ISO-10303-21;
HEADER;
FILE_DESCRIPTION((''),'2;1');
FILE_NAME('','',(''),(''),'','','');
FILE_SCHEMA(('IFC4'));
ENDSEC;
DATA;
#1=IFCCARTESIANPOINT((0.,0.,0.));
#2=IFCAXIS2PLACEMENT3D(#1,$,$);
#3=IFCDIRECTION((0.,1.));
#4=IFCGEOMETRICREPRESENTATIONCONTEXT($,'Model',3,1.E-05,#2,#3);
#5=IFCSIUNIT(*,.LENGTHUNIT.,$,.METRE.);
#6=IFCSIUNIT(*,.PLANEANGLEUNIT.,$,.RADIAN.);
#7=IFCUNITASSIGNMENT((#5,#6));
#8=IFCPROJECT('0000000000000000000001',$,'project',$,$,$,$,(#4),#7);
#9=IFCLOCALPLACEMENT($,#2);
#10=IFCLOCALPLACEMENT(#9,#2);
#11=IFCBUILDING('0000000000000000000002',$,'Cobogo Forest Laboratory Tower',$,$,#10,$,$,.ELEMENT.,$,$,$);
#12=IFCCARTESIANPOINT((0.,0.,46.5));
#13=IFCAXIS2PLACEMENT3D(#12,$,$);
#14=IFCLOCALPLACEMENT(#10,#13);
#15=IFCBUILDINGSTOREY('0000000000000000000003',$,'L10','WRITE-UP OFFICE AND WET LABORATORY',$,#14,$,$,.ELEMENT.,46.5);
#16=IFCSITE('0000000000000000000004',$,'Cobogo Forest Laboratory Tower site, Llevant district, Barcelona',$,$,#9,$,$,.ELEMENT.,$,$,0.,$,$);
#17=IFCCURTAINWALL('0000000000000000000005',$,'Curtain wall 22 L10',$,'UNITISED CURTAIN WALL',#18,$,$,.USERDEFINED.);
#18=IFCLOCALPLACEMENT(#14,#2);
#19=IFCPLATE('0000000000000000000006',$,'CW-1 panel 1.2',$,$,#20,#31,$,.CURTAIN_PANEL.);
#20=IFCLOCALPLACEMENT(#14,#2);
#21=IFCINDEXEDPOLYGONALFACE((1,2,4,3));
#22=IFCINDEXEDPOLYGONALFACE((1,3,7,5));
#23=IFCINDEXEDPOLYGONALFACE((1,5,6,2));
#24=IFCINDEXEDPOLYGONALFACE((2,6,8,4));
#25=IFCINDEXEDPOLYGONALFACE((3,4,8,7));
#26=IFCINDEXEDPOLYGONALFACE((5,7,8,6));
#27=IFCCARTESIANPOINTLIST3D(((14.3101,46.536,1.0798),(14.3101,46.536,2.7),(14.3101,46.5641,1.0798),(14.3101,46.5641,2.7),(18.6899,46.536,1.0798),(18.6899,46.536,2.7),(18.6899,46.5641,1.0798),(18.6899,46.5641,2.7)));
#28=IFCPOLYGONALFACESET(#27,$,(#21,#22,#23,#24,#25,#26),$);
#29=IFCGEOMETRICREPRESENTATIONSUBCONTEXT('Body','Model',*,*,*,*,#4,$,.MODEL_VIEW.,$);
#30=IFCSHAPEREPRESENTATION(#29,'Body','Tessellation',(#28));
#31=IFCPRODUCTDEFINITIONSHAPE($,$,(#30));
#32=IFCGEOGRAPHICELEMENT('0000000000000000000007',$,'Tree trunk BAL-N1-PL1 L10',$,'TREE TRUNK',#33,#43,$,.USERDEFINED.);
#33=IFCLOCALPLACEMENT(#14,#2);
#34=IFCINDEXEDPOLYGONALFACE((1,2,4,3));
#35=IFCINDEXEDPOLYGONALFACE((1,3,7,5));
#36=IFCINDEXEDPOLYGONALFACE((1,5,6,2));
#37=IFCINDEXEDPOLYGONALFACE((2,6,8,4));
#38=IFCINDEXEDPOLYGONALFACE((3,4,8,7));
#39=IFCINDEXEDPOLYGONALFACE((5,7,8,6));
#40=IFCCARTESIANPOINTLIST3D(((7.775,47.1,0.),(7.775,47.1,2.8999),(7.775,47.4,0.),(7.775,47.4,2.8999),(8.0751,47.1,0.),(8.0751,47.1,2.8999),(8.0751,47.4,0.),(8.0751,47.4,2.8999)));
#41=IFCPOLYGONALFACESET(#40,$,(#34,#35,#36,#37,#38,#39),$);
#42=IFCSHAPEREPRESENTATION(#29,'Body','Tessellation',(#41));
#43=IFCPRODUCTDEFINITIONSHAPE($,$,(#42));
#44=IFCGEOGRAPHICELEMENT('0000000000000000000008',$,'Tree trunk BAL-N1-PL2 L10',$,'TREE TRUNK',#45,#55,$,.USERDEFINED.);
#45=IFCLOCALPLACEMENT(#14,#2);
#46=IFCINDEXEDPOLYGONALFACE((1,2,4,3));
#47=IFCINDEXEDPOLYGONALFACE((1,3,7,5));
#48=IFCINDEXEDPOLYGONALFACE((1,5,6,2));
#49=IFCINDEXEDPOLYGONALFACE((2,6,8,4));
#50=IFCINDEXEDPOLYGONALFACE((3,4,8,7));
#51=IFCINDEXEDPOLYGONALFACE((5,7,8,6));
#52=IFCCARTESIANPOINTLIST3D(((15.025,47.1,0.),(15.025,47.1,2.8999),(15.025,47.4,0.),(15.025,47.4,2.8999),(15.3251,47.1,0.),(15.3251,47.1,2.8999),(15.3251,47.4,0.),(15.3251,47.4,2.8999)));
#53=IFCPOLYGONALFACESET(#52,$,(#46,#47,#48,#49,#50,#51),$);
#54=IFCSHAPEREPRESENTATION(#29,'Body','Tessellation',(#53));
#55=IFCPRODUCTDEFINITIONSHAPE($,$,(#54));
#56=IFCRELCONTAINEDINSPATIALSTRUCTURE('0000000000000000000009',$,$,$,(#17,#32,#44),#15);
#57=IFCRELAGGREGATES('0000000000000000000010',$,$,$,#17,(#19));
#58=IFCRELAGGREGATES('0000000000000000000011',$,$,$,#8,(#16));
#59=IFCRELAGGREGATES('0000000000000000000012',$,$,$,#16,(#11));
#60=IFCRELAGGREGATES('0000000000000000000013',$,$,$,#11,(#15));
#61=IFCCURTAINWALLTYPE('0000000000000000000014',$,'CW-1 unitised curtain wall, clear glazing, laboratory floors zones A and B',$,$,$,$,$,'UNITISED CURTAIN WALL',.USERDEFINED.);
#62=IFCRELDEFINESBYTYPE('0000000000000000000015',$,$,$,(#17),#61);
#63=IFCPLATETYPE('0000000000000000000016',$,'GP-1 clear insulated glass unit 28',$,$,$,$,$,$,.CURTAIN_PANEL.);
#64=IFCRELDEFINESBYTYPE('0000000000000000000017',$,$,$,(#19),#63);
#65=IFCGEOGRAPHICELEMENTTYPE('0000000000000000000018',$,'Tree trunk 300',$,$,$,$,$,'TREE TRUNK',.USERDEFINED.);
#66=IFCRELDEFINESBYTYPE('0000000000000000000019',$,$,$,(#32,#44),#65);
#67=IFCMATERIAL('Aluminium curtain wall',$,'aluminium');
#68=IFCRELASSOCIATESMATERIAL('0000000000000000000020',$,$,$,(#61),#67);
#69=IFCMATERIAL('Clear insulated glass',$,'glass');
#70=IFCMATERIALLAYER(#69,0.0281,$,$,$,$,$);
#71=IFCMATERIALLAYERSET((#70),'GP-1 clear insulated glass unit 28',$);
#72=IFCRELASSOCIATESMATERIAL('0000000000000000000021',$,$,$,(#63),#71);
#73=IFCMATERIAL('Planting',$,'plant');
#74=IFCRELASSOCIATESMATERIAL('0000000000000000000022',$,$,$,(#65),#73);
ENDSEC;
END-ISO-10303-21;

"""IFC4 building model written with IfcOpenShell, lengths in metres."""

from ifc_helpers import new_model, si_unit, direction, frame, origin, origin_2d, place, context, subcontext, project, spatial, rectangle, extrude, material, layer, layer_set, type_object, element, aggregate, save


model = new_model("IFC4")

# Units and contexts
model_context = context("Model", 3, precision=1e-05, world=origin(), true_north=direction((0.0, 1.0)))
body_context = subcontext(model_context, "Body", "Model", "MODEL_VIEW")
ifc_project = project(units=[si_unit("LENGTHUNIT", "METRE"), si_unit("PLANEANGLEUNIT", "RADIAN")], contexts=[model_context])

# Site, building, storey
site_placement = place(None, origin())
site = spatial("IfcSite", under=ifc_project, at=site_placement, Name="Cobogo Forest Laboratory Tower site, Llevant district, Barcelona", CompositionType="ELEMENT", RefElevation=0.0)
building_placement = place(site_placement, origin())
building = spatial("IfcBuilding", under=site, at=building_placement, Name="Cobogo Forest Laboratory Tower", CompositionType="ELEMENT")
storey_placement = place(building_placement, frame((0.0, 0.0, 46.5)))
storey = spatial("IfcBuildingStorey", under=building, at=storey_placement, Name="L10", Description="WRITE-UP OFFICE AND WET LABORATORY", CompositionType="ELEMENT", Elevation=46.5)

# Curtain wall
ifc_material_1 = material(Name="Aluminium curtain wall", Category="aluminium")
curtain_wall_type = type_object("IfcCurtainWallType", Name="CW-1 unitised curtain wall, clear glazing, laboratory floors zones A and B", ElementType="UNITISED CURTAIN WALL", PredefinedType="USERDEFINED", material=ifc_material_1)
curtain_wall_1_placement = place(storey_placement, origin())
curtain_wall_1 = element("IfcCurtainWall", 1, at=curtain_wall_1_placement, inside=storey, type_object=curtain_wall_type, Name="Curtain wall 22 L10", ObjectType="UNITISED CURTAIN WALL", PredefinedType="USERDEFINED")

# Plate
ifc_material_2 = material(Name="Clear insulated glass", Category="glass")
ifc_layer_1 = layer(ifc_material_2, 0.0281)
ifc_layer_set_1 = layer_set([ifc_layer_1], Name="GP-1 clear insulated glass unit 28")
plate_type = type_object("IfcPlateType", Name="GP-1 clear insulated glass unit 28", PredefinedType="CURTAIN_PANEL", material=ifc_layer_set_1)
plate_1_placement = place(storey_placement, frame((16.5, 46.55, 1.0798), z_axis=(0.0, 0.0, 1.0), x_axis=(-1.0, 0.0, 0.0)))
plate_1 = element("IfcPlate", 2, at=plate_1_placement, type_object=plate_type, Name="CW-1 panel 1.2", PredefinedType="CURTAIN_PANEL", context=body_context, shape_type="SweptSolid", body=[
    extrude(rectangle(XDim=4.3799, YDim=0.0281, at=origin_2d()), origin(), (0.0, 0.0, 1.0), 1.6201),
])
aggregate(curtain_wall_1, [plate_1])

# Geographic elements
ifc_material_3 = material(Name="Planting", Category="plant")
geographic_element_type = type_object("IfcGeographicElementType", Name="Tree trunk 300", ElementType="TREE TRUNK", PredefinedType="USERDEFINED", material=ifc_material_3)
for number, where, z_axis, x_axis, name in (
    (3, (7.925, 47.25, 0.0), (0.0, 0.0, 1.0), (1.0, 0.0, 0.0), "Tree trunk BAL-N1-PL1 L10"),
    (4, (15.175, 47.25, 0.0), (0.0, 0.0, 1.0), (1.0, 0.0, 0.0), "Tree trunk BAL-N1-PL2 L10"),
):
    element("IfcGeographicElement", number, at=place(storey_placement, frame(where, z_axis=z_axis, x_axis=x_axis)), inside=storey, type_object=geographic_element_type, Name=name, ObjectType="TREE TRUNK", PredefinedType="USERDEFINED", context=body_context, shape_type="SweptSolid", body=[
        extrude(rectangle(XDim=0.3, YDim=0.3, at=origin_2d()), origin(), (0.0, 0.0, 1.0), 2.8999),
    ])

save(model, "model.ifc")
